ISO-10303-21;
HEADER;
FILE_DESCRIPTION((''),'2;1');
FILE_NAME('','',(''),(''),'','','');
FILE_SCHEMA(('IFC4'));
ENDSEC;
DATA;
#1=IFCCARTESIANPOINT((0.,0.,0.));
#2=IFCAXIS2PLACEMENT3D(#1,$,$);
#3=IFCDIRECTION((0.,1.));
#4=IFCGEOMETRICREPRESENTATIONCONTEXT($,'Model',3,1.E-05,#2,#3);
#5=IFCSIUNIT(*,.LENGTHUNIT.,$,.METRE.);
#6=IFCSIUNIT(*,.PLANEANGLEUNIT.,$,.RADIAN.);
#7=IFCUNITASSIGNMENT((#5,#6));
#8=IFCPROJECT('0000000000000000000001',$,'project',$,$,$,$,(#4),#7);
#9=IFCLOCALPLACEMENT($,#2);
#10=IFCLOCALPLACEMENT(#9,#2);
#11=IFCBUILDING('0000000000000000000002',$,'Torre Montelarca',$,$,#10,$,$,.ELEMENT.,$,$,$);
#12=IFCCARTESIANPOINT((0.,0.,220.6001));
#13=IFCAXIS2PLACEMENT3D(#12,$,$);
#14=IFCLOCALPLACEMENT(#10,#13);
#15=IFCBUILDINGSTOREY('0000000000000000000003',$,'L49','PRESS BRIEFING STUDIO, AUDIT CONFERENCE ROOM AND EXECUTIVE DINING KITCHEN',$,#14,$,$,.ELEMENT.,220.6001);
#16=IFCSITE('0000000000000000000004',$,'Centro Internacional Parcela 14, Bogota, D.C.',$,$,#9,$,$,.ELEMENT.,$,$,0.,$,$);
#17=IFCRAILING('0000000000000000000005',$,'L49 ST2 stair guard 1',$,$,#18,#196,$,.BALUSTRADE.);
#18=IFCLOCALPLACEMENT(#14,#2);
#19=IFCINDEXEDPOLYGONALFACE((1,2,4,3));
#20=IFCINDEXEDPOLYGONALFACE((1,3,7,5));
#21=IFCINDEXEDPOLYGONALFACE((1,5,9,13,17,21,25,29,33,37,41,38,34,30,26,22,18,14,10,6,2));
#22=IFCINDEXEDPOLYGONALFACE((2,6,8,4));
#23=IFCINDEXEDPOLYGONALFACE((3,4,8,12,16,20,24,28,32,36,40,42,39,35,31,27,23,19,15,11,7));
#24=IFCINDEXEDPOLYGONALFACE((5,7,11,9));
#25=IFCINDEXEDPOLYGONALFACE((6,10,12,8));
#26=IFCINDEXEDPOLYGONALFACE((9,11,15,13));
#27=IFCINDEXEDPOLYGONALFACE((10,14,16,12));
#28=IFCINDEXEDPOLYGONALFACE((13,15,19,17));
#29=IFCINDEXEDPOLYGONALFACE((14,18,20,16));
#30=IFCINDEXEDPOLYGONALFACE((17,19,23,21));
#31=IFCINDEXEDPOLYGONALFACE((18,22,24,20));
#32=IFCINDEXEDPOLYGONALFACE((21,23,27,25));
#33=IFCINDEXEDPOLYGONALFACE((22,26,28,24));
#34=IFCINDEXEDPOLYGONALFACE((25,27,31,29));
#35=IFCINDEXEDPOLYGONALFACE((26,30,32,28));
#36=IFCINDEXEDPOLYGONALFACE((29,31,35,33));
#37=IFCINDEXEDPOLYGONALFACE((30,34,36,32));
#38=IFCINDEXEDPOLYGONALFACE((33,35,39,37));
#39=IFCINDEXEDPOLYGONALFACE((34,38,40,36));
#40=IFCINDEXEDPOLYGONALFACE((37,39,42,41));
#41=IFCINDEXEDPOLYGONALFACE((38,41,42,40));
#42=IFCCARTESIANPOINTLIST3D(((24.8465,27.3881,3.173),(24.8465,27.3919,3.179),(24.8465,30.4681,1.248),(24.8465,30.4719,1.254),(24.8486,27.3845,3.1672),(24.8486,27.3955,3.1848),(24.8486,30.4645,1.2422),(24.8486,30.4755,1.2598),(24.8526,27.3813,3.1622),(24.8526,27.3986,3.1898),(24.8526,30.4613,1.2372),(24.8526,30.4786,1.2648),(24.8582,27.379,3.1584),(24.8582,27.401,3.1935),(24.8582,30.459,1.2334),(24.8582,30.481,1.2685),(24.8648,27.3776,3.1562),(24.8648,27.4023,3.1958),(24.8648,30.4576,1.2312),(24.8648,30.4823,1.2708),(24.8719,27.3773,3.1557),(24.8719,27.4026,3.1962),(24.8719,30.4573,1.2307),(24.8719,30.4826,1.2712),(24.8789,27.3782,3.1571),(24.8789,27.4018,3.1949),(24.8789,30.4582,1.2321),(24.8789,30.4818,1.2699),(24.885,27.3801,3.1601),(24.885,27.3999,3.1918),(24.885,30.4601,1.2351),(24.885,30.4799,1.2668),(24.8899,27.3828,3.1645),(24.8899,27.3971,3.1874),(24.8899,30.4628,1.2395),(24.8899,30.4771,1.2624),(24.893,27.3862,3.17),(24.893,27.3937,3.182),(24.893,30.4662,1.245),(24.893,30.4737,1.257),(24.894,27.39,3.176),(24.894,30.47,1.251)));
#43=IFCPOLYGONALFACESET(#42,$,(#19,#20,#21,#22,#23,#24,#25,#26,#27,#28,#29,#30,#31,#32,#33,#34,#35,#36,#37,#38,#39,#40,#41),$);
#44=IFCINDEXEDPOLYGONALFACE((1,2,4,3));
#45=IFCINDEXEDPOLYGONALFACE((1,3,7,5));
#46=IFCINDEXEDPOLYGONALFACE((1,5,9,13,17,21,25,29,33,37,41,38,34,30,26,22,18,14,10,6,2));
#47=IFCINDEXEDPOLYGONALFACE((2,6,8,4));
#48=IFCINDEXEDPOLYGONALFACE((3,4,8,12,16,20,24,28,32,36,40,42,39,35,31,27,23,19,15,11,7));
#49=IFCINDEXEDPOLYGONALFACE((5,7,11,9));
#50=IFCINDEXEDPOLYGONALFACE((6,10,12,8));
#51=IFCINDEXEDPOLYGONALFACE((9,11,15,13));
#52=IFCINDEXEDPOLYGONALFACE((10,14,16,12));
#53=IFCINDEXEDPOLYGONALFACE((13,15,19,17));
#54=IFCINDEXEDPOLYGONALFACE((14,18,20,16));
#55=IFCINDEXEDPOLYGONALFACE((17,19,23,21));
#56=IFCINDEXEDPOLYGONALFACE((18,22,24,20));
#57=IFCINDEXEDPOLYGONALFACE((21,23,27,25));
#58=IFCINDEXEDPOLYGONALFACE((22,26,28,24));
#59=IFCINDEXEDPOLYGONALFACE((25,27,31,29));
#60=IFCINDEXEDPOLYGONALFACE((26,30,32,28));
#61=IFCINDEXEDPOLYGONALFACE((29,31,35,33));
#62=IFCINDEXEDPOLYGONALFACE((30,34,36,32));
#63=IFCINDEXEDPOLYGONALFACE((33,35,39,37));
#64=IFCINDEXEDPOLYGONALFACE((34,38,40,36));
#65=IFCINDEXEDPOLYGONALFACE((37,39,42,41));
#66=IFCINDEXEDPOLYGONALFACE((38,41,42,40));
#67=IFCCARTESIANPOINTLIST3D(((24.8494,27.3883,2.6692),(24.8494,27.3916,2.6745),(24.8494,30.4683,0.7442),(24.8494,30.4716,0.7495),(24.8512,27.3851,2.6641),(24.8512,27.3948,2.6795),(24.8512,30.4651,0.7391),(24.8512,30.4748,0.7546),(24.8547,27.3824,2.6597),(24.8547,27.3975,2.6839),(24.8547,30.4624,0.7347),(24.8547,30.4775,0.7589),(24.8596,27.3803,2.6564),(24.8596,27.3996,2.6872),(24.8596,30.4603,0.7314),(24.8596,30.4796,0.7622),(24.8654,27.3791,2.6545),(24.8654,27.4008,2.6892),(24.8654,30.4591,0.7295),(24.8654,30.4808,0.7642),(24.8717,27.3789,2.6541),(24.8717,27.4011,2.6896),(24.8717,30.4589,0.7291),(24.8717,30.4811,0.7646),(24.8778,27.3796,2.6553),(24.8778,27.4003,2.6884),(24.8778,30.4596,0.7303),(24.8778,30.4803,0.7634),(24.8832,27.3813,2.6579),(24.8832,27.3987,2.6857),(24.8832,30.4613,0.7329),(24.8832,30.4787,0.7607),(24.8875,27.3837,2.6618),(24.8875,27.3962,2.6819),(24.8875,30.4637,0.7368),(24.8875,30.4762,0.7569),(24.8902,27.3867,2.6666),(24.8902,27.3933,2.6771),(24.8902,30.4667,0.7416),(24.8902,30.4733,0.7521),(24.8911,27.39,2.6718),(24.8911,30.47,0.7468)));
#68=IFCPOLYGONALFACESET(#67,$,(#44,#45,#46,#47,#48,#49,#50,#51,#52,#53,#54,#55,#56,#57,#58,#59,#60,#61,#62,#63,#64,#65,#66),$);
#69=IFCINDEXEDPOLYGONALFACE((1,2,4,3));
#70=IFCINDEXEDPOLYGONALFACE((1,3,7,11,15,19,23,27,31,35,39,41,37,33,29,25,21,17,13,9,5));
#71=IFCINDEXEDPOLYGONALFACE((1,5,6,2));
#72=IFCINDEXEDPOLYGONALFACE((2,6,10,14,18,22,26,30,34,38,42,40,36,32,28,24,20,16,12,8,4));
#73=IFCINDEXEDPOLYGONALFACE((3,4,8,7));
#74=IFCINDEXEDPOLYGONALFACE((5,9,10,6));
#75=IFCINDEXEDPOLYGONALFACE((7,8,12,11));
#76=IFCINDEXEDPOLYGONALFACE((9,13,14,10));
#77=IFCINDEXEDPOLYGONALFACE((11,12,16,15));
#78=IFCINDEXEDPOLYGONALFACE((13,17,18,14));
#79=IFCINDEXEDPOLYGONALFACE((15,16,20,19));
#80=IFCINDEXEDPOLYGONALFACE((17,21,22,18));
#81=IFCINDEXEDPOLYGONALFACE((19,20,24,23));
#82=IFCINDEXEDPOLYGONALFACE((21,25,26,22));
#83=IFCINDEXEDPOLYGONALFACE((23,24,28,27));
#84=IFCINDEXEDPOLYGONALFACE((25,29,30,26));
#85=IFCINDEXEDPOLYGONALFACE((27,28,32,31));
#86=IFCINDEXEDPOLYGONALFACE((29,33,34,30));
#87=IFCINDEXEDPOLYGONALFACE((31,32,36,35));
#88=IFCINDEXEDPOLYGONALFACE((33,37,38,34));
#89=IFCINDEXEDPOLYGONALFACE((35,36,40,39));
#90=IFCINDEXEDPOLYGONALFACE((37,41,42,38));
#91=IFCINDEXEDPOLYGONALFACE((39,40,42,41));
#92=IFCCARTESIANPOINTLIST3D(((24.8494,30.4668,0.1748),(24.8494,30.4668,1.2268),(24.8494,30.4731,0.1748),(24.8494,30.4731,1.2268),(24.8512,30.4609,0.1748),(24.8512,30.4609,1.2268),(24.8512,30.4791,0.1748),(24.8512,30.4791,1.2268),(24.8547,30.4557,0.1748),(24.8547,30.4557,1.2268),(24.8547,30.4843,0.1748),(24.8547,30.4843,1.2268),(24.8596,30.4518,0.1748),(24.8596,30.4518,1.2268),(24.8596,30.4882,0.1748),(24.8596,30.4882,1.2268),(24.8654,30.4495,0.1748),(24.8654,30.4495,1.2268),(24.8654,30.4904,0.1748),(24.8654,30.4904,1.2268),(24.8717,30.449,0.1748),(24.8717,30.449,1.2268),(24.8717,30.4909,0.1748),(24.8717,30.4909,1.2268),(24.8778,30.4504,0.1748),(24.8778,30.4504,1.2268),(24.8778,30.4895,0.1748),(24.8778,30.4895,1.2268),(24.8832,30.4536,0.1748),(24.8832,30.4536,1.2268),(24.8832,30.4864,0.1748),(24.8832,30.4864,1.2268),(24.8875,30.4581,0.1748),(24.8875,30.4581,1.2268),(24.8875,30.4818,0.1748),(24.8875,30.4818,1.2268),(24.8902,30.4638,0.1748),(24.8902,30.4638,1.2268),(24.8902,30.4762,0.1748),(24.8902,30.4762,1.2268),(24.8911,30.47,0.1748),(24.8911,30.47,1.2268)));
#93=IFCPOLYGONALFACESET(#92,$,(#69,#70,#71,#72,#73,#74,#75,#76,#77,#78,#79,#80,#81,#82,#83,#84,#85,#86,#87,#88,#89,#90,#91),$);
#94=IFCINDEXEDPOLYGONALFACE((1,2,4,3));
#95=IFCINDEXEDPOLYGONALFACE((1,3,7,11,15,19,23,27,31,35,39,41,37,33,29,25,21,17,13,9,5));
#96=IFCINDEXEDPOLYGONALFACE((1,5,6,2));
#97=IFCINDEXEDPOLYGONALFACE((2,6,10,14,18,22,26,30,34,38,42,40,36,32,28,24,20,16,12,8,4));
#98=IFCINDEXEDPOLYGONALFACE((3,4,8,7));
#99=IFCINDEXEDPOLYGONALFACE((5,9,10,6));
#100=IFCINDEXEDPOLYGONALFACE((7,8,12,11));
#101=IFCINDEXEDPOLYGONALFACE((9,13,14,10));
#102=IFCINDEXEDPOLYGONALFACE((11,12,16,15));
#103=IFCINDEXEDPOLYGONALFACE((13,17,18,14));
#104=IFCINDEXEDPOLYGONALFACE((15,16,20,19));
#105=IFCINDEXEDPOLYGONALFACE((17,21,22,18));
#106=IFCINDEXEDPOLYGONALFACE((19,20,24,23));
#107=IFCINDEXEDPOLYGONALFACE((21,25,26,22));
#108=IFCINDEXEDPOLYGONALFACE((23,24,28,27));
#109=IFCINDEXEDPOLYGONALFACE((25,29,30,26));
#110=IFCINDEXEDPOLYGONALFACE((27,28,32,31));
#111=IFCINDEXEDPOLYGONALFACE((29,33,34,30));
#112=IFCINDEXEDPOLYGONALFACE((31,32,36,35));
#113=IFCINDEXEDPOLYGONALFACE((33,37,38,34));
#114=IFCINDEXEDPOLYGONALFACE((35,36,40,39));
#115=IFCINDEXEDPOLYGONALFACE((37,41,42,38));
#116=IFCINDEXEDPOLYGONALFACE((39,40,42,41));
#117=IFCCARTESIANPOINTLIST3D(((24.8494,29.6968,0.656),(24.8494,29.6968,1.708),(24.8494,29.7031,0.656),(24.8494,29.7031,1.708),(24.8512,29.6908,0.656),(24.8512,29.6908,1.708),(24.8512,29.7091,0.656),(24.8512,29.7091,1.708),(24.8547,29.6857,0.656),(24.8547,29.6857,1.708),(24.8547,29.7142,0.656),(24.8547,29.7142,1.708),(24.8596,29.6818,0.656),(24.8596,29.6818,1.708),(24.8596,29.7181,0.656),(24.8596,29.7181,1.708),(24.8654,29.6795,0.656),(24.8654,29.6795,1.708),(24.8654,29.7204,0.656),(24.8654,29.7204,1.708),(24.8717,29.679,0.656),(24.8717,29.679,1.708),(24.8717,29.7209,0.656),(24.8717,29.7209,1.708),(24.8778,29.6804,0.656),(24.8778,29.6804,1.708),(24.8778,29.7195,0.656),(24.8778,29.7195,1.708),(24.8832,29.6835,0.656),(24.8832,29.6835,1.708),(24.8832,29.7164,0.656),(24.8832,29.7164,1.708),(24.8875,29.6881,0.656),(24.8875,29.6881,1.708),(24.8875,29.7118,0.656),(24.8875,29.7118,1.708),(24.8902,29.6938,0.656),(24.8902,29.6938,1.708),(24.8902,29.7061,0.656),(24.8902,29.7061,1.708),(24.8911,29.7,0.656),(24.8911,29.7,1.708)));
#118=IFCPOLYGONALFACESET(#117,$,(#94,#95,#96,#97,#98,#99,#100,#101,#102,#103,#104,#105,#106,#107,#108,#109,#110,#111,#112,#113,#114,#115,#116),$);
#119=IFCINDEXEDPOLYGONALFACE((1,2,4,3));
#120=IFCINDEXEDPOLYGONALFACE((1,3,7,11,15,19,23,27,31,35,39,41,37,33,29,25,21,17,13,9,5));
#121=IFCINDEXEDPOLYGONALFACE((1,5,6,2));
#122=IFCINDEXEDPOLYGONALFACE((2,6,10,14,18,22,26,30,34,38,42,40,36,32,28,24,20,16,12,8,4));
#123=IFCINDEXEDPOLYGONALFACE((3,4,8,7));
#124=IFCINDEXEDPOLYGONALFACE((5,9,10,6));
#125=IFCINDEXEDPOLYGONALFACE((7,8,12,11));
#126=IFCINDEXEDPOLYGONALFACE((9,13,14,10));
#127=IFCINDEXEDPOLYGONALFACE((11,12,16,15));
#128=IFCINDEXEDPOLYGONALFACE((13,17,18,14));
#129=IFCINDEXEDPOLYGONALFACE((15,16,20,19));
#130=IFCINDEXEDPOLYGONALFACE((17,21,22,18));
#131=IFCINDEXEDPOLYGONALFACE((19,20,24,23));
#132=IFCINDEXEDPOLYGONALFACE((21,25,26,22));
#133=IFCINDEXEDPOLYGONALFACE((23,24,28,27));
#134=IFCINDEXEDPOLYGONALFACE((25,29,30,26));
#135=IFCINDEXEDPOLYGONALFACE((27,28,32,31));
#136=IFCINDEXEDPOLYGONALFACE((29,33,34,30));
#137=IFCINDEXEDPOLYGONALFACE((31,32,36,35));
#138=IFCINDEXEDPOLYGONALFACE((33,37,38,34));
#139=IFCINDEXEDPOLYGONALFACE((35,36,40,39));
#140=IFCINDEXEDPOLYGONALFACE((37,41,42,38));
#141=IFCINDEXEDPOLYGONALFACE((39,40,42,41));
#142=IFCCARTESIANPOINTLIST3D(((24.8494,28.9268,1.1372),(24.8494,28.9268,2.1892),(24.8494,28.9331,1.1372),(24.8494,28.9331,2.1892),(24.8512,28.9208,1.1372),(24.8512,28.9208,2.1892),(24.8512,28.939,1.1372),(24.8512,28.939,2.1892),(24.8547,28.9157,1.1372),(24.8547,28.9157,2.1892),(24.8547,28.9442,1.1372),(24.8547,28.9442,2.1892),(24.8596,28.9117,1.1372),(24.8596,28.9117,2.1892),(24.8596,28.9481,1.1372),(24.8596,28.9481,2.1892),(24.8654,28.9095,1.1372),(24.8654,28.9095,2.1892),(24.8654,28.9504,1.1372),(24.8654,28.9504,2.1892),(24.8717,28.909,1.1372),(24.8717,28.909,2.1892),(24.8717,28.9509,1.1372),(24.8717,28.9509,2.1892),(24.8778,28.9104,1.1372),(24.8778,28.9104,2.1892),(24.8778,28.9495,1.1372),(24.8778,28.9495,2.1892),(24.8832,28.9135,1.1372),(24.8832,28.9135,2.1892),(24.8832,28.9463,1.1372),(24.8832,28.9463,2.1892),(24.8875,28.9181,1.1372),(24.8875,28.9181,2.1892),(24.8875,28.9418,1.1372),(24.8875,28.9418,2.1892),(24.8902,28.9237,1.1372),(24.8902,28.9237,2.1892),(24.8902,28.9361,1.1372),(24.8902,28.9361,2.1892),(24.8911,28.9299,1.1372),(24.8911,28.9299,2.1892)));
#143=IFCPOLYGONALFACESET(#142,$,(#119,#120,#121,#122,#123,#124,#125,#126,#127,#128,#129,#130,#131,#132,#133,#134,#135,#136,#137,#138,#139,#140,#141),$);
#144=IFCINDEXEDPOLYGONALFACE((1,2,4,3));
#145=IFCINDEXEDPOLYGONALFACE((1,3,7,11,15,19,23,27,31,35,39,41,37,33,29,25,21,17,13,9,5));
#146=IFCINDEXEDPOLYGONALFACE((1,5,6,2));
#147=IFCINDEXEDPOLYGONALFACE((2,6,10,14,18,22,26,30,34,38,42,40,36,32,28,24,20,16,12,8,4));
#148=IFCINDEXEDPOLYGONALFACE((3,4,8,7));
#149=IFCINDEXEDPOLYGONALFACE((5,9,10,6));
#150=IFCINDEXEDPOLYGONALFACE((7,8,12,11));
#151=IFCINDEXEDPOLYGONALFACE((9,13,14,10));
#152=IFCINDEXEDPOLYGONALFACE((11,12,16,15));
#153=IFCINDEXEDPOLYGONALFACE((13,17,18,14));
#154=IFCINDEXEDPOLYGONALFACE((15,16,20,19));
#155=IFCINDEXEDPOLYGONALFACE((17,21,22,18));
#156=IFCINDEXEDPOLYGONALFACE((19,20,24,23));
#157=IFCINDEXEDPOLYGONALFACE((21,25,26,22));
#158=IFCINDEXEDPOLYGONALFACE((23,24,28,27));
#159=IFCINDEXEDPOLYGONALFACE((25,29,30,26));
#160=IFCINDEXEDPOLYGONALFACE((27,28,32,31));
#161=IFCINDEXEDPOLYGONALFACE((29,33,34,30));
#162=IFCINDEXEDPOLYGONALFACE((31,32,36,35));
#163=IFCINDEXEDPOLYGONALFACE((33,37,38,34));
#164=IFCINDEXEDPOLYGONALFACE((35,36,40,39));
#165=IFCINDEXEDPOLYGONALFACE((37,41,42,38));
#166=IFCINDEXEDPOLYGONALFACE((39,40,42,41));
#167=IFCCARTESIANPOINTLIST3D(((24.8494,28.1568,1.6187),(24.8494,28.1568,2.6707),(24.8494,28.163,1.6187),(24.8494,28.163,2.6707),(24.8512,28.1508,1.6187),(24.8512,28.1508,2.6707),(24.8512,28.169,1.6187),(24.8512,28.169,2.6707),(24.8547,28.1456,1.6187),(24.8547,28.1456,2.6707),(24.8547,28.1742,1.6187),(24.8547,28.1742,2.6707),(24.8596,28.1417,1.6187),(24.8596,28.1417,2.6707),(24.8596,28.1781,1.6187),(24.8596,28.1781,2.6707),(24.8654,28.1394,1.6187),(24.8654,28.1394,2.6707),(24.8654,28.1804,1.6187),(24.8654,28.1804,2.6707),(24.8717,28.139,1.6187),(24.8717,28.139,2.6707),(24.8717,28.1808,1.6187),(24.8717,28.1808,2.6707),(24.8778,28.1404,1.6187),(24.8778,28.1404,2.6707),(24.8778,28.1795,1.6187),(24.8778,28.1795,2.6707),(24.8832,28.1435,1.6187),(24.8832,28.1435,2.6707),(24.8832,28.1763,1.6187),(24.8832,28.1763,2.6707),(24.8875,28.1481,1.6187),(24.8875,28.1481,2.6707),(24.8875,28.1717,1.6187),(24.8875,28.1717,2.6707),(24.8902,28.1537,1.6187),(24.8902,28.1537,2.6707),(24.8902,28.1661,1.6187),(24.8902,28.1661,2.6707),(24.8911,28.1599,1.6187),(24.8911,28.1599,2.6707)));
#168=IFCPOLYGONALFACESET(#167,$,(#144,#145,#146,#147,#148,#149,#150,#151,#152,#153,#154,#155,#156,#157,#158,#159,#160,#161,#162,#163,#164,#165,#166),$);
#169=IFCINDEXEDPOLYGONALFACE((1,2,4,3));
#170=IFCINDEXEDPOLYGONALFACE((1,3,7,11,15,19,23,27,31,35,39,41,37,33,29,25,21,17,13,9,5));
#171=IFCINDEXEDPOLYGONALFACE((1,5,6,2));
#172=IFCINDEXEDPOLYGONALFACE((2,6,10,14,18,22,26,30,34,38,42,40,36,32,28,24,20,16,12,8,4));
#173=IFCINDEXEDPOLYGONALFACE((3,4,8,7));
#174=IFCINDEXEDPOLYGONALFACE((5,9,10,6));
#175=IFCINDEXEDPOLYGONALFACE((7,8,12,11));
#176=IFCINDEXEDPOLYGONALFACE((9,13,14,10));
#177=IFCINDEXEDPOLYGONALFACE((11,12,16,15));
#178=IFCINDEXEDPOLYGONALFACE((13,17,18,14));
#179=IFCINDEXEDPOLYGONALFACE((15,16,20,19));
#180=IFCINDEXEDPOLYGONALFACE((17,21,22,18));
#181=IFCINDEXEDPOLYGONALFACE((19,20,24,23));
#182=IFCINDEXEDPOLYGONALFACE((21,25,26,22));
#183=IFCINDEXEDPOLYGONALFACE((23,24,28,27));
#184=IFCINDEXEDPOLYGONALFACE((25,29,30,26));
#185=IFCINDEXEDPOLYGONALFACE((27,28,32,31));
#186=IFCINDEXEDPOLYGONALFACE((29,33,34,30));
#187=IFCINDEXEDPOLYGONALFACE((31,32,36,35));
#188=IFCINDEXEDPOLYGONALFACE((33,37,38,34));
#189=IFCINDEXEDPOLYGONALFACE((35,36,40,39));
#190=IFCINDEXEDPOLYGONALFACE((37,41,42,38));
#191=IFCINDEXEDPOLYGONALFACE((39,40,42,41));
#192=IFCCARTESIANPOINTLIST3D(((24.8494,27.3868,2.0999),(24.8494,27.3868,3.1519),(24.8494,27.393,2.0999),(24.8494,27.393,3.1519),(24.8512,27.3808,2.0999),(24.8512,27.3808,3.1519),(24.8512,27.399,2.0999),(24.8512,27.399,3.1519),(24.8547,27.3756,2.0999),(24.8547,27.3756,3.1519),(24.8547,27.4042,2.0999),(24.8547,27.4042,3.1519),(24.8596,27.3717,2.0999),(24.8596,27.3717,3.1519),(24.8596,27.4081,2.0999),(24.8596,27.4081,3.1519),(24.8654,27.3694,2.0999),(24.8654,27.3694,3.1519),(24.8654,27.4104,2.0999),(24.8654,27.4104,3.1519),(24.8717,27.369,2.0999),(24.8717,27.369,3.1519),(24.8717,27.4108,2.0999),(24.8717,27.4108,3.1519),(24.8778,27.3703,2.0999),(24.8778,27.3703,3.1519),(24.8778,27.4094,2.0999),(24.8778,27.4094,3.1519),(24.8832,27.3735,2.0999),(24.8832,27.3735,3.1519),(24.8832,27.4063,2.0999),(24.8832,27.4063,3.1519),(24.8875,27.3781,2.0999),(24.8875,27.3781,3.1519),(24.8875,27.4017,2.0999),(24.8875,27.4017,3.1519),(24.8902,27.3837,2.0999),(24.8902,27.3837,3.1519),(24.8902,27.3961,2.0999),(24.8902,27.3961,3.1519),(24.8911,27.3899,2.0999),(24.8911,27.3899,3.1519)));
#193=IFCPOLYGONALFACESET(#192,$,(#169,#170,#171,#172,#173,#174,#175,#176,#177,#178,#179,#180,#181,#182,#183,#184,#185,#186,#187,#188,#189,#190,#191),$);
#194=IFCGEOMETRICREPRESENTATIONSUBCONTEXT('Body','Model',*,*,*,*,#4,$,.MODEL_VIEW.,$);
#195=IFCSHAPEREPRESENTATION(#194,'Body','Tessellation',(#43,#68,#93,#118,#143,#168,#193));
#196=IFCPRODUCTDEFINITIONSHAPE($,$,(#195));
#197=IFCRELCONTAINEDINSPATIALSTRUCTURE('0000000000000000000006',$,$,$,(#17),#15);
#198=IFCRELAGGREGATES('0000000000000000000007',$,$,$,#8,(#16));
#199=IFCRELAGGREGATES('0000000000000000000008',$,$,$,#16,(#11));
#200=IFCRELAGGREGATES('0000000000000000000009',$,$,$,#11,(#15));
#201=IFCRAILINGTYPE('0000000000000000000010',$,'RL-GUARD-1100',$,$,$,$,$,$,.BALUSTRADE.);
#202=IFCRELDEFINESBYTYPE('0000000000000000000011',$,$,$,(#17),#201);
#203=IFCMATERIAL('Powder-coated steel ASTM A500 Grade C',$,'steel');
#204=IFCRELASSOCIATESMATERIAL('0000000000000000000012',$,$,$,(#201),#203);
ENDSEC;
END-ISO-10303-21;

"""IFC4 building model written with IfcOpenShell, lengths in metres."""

from ifc_helpers import new_model, si_unit, direction, frame, origin, origin_2d, place, context, subcontext, project, spatial, circle, extrude, material, type_object, element, save


model = new_model("IFC4")

# Units and contexts
model_context = context("Model", 3, precision=1e-05, world=origin(), true_north=direction((0.0, 1.0)))
body_context = subcontext(model_context, "Body", "Model", "MODEL_VIEW")
ifc_project = project(units=[si_unit("LENGTHUNIT", "METRE"), si_unit("PLANEANGLEUNIT", "RADIAN")], contexts=[model_context])

# Site, building, storey
site_placement = place(None, origin())
site = spatial("IfcSite", under=ifc_project, at=site_placement, Name="Centro Internacional Parcela 14, Bogota, D.C.", CompositionType="ELEMENT", RefElevation=0.0)
building_placement = place(site_placement, origin())
building = spatial("IfcBuilding", under=site, at=building_placement, Name="Torre Montelarca", CompositionType="ELEMENT")
storey_placement = place(building_placement, frame((0.0, 0.0, 220.6001)))
storey = spatial("IfcBuildingStorey", under=building, at=storey_placement, Name="L49", Description="PRESS BRIEFING STUDIO, AUDIT CONFERENCE ROOM AND EXECUTIVE DINING KITCHEN", CompositionType="ELEMENT", Elevation=220.6001)

# Railing
ifc_material_1 = material(Name="Powder-coated steel ASTM A500 Grade C", Category="steel")
railing_type_1 = type_object("IfcRailingType", Name="RL-GUARD-1100", PredefinedType="BALUSTRADE", material=ifc_material_1)
railing_1_placement = place(storey_placement, frame((24.8701, 30.47, 0.1748)))
element("IfcRailing", 1, at=railing_1_placement, inside=storey, type_object=railing_type_1, Name="L49 ST2 stair guard 1", PredefinedType="BALUSTRADE", context=body_context, shape_type="SweptSolid", body=[
    extrude(circle(Radius=0.0239, at=origin_2d()), frame((0.0, 0.0, 1.0762), z_axis=(0.0, -0.847998, 0.529999), x_axis=(1.0, 0.0, 0.0)), (0.0, 0.0, 1.0), 3.6321),
    extrude(circle(Radius=0.021, at=origin_2d()), frame((0.0, 0.0, 0.572), z_axis=(0.0, -0.847998, 0.529999), x_axis=(1.0, 0.0, 0.0)), (0.0, 0.0, 1.0), 3.6321),
    extrude(circle(Radius=0.021, at=origin_2d()), origin(), (0.0, 0.0, 1.0), 1.052),
    extrude(circle(Radius=0.021, at=origin_2d()), frame((0.0, -0.77, 0.4812)), (0.0, 0.0, 1.0), 1.052),
    extrude(circle(Radius=0.021, at=origin_2d()), frame((0.0, -1.54, 0.9624)), (0.0, 0.0, 1.0), 1.052),
    extrude(circle(Radius=0.021, at=origin_2d()), frame((0.0, -2.3101, 1.4438)), (0.0, 0.0, 1.0), 1.052),
    extrude(circle(Radius=0.021, at=origin_2d()), frame((0.0, -3.0801, 1.925)), (0.0, 0.0, 1.0), 1.052),
])

save(model, "model.ifc")
